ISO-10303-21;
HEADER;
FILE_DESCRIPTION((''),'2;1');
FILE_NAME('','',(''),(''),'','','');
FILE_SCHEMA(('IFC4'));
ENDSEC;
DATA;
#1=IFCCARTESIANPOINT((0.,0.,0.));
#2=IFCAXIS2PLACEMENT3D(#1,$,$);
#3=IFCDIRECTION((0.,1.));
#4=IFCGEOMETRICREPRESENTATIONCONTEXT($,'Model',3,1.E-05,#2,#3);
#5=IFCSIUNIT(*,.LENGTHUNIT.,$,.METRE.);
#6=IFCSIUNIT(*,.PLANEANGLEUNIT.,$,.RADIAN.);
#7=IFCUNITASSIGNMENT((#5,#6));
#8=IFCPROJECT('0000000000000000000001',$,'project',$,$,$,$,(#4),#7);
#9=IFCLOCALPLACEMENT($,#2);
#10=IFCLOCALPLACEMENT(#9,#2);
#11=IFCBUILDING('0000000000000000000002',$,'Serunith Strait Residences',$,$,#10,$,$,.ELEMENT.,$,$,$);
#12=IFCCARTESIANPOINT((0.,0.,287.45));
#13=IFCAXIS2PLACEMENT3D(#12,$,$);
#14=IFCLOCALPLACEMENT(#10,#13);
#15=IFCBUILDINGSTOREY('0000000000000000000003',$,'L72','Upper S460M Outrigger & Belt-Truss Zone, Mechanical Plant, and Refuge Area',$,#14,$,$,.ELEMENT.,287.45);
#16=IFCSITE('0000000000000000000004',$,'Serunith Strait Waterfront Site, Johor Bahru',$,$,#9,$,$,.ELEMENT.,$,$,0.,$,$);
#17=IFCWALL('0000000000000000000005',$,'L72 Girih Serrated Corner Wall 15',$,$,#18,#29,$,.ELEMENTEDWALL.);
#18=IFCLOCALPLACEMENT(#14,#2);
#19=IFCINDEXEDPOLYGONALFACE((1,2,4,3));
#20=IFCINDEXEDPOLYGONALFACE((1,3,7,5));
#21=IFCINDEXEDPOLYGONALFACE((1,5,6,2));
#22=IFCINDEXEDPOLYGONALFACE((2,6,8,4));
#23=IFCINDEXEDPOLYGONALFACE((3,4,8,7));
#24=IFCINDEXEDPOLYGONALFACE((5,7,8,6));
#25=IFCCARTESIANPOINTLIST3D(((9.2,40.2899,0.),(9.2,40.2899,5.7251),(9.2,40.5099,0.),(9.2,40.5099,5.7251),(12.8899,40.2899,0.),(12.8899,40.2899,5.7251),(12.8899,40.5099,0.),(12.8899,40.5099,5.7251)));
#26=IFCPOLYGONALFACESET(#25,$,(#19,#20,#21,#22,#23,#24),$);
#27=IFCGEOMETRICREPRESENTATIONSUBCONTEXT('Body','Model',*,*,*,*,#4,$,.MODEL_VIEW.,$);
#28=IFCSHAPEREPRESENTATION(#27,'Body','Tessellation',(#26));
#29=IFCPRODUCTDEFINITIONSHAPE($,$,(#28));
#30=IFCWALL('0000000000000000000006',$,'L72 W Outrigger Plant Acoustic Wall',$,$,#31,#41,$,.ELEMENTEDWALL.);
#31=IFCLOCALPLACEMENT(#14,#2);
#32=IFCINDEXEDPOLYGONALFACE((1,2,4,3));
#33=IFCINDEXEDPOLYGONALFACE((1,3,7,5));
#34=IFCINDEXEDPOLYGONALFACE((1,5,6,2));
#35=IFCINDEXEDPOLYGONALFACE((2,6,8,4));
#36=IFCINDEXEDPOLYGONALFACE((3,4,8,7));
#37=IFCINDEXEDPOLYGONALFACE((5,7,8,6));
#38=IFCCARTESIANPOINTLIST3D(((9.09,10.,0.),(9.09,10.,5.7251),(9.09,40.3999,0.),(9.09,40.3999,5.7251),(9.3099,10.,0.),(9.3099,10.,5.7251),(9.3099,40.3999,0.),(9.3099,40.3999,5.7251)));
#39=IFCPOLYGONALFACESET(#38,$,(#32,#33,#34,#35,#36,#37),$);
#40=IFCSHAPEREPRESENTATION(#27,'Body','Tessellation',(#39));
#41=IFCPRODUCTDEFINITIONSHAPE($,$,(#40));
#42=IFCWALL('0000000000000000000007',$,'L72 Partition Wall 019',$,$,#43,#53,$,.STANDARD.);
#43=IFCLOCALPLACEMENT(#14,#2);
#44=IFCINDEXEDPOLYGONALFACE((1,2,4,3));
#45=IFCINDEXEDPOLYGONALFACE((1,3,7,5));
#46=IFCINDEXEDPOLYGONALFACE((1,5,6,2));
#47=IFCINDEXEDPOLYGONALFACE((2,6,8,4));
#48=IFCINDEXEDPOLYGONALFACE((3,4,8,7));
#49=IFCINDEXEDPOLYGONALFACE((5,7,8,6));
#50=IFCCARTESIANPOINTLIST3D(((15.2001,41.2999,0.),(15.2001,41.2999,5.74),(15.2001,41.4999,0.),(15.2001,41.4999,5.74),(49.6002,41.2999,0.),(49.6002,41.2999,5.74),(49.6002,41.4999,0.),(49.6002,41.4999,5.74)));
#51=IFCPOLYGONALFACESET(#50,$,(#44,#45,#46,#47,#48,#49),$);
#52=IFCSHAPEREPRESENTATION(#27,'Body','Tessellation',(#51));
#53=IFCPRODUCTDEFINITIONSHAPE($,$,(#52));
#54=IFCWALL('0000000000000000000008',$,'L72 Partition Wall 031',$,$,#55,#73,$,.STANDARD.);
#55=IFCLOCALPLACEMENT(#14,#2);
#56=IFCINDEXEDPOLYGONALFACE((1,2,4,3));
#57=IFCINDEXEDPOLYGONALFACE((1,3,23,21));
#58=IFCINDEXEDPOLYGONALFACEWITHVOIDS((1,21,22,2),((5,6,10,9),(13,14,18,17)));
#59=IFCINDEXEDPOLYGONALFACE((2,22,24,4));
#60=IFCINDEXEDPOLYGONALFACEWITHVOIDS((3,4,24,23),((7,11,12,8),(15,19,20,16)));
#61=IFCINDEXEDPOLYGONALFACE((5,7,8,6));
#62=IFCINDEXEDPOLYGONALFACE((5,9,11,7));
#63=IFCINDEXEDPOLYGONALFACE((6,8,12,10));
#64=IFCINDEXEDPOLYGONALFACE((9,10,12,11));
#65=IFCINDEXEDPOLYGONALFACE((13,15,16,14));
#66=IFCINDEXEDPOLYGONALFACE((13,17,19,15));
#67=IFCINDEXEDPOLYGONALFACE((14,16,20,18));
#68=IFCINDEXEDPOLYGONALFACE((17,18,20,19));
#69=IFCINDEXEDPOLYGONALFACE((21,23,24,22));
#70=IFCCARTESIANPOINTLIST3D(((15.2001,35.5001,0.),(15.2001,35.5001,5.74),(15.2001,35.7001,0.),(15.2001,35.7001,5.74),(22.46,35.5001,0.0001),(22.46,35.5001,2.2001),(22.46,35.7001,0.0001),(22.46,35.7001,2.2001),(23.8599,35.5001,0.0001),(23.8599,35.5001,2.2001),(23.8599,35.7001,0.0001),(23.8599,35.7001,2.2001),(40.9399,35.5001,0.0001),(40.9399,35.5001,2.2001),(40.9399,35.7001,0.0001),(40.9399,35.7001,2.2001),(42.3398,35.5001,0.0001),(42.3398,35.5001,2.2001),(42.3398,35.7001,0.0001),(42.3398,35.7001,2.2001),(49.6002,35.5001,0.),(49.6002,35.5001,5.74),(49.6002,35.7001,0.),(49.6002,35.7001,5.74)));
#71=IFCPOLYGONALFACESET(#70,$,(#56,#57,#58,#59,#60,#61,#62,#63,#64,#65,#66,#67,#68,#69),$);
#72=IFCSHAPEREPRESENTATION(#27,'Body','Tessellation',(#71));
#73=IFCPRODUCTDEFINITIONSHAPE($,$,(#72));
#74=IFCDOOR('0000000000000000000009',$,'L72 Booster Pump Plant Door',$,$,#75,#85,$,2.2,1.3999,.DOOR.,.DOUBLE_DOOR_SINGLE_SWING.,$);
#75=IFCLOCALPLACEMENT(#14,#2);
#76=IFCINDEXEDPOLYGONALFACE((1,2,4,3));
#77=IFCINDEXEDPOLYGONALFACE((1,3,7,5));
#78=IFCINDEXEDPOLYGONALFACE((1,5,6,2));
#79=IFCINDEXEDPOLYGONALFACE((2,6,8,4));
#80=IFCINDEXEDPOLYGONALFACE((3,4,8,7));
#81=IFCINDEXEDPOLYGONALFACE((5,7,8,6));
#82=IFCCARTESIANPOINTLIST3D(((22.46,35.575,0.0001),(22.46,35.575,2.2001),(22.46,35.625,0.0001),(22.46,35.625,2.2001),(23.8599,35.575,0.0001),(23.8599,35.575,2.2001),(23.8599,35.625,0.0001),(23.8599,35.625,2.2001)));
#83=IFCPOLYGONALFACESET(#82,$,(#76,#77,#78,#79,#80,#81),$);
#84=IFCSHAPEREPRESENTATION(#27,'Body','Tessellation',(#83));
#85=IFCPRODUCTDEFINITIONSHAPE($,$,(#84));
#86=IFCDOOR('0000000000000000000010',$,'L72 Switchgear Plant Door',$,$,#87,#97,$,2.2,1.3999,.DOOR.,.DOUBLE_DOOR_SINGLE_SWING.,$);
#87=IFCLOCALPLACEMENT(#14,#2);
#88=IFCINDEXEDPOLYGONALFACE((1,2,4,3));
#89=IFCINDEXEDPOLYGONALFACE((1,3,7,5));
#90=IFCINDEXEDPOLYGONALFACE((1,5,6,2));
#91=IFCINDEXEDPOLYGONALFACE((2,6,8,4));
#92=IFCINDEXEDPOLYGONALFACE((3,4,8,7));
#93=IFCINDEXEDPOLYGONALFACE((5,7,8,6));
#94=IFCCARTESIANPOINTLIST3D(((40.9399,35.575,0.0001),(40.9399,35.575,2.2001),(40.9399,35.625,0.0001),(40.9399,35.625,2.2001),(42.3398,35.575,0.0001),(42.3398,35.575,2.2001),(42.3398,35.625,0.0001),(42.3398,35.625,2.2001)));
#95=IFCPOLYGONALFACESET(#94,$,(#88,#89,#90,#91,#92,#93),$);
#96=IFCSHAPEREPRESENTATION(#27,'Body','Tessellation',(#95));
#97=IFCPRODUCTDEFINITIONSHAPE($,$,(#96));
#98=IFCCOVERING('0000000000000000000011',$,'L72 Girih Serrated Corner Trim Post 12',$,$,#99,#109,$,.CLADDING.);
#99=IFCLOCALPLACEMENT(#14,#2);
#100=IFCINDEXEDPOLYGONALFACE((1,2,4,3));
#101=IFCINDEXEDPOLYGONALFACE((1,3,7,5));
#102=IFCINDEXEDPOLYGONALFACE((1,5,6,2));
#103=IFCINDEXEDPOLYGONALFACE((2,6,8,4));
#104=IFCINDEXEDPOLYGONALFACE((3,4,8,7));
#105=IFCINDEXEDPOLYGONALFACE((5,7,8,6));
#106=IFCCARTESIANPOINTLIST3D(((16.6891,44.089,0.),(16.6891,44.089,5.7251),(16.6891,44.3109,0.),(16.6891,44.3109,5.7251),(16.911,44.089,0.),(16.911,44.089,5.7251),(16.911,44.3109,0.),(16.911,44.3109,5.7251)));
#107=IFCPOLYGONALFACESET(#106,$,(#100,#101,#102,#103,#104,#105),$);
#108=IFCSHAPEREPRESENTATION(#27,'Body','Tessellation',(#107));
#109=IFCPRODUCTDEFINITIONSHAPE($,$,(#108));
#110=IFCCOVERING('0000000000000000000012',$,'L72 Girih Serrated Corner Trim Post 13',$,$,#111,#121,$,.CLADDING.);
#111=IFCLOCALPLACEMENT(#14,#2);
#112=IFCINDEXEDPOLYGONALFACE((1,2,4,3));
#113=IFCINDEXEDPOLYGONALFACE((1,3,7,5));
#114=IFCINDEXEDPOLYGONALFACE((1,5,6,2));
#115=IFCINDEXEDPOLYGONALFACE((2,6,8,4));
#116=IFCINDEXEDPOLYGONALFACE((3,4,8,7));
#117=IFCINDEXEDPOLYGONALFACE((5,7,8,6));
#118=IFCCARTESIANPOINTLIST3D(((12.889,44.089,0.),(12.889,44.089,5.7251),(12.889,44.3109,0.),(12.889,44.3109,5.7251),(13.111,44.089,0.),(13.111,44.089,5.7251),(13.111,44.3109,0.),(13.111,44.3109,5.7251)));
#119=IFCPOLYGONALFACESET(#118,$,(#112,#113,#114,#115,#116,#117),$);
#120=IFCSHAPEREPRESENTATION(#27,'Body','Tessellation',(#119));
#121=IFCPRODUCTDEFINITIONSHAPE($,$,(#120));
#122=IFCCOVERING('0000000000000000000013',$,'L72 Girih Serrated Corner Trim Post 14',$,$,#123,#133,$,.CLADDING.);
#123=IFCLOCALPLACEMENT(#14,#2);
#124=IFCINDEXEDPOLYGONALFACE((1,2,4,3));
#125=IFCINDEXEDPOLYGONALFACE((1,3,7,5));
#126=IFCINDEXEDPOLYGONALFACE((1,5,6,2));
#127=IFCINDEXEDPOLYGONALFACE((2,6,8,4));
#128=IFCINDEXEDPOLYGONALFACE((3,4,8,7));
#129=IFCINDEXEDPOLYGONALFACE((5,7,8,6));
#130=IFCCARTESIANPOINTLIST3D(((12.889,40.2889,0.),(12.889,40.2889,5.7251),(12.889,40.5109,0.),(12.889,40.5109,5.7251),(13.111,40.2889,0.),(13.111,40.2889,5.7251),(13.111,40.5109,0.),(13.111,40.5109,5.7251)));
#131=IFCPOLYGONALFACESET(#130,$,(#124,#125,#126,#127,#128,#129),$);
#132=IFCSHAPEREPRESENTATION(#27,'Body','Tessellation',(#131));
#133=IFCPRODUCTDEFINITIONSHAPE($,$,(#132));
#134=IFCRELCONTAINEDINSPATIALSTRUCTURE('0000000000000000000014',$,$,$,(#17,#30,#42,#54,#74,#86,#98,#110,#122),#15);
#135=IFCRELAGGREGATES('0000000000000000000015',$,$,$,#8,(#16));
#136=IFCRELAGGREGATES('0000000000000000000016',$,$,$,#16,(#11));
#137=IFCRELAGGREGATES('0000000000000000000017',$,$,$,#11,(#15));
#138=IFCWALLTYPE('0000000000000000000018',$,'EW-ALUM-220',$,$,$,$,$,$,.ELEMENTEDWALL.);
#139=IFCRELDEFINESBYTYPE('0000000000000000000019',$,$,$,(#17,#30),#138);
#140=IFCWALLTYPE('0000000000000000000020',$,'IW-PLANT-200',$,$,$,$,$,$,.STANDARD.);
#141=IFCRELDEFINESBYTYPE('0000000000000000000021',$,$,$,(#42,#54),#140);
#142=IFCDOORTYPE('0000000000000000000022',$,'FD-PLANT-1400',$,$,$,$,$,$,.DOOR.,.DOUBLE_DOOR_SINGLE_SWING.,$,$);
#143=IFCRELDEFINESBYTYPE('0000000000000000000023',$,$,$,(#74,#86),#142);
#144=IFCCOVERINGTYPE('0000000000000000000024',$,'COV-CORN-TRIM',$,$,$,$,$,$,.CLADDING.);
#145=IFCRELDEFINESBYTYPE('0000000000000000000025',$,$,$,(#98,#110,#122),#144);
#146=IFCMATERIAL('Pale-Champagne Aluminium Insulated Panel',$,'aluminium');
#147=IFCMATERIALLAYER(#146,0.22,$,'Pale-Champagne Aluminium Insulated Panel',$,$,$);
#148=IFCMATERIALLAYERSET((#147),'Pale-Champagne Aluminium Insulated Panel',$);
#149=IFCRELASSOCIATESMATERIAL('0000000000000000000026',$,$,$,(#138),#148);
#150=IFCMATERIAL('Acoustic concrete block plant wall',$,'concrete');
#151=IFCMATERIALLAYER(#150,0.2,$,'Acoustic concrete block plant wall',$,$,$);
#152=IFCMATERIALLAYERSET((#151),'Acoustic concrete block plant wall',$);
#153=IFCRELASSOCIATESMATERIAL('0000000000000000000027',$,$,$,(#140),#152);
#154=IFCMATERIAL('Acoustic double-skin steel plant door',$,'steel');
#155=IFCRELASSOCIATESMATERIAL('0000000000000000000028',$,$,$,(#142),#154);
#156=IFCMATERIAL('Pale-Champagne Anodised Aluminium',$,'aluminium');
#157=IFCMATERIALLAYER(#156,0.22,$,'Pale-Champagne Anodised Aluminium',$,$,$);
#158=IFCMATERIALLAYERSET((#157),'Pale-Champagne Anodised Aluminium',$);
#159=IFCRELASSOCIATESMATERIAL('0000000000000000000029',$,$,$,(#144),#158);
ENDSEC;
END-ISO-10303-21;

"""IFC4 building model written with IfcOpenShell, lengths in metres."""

from ifc_helpers import new_model, si_unit, direction, frame, frame_2d, origin, origin_2d, place, context, subcontext, project, spatial, rectangle, extrude, source, transform, mapped, material, layer, layer_set, type_object, element, fill, save


model = new_model("IFC4")

# Units and contexts
model_context = context("Model", 3, precision=1e-05, world=origin(), true_north=direction((0.0, 1.0)))
body_context = subcontext(model_context, "Body", "Model", "MODEL_VIEW")
ifc_project = project(units=[si_unit("LENGTHUNIT", "METRE"), si_unit("PLANEANGLEUNIT", "RADIAN")], contexts=[model_context])

# Site, building, storey
site_placement = place(None, origin())
site = spatial("IfcSite", under=ifc_project, at=site_placement, Name="Serunith Strait Waterfront Site, Johor Bahru", CompositionType="ELEMENT", RefElevation=0.0)
building_placement = place(site_placement, origin())
building = spatial("IfcBuilding", under=site, at=building_placement, Name="Serunith Strait Residences", CompositionType="ELEMENT")
storey_placement = place(building_placement, frame((0.0, 0.0, 287.45)))
storey = spatial("IfcBuildingStorey", under=building, at=storey_placement, Name="L72", Description="Upper S460M Outrigger & Belt-Truss Zone, Mechanical Plant, and Refuge Area", CompositionType="ELEMENT", Elevation=287.45)

# Walls
ifc_material_1 = material(Name="Pale-Champagne Aluminium Insulated Panel", Category="aluminium")
ifc_layer_1 = layer(ifc_material_1, 0.22, Name="Pale-Champagne Aluminium Insulated Panel")
ifc_layer_set_1 = layer_set([ifc_layer_1], Name="Pale-Champagne Aluminium Insulated Panel")
wall_type_1 = type_object("IfcWallType", Name="EW-ALUM-220", PredefinedType="ELEMENTEDWALL", material=ifc_layer_set_1)
wall_1_placement = place(storey_placement, frame((12.8899, 40.3999, 0.0), z_axis=(0.0, 0.0, 1.0), x_axis=(-1.0, 0.0, 0.0)))
element("IfcWall", 1, at=wall_1_placement, inside=storey, type_object=wall_type_1, Name="L72 Girih Serrated Corner Wall 15", PredefinedType="ELEMENTEDWALL", context=body_context, shape_type="SweptSolid", body=[
    extrude(rectangle(XDim=3.6899, YDim=0.22, at=frame_2d((1.845, 0.0))), origin(), (0.0, 0.0, 1.0), 5.7251),
])
wall_2_placement = place(storey_placement, frame((9.2, 40.3999, 0.0), z_axis=(0.0, 0.0, 1.0), x_axis=(0.0, -1.0, 0.0)))
element("IfcWall", 2, at=wall_2_placement, inside=storey, type_object=wall_type_1, Name="L72 W Outrigger Plant Acoustic Wall", PredefinedType="ELEMENTEDWALL", context=body_context, shape_type="SweptSolid", body=[
    extrude(rectangle(XDim=30.3999, YDim=0.22, at=frame_2d((15.2, 0.0))), origin(), (0.0, 0.0, 1.0), 5.7251),
])
ifc_material_2 = material(Name="Acoustic concrete block plant wall", Category="concrete")
ifc_layer_2 = layer(ifc_material_2, 0.2, Name="Acoustic concrete block plant wall")
ifc_layer_set_2 = layer_set([ifc_layer_2], Name="Acoustic concrete block plant wall")
wall_type_2 = type_object("IfcWallType", Name="IW-PLANT-200", PredefinedType="STANDARD", material=ifc_layer_set_2)
wall_3_placement = place(storey_placement, frame((15.2, 41.3999, 0.0), z_axis=(0.0, 0.0, 1.0), x_axis=(1.0, 0.0, 0.0)))
element("IfcWall", 3, at=wall_3_placement, inside=storey, type_object=wall_type_2, Name="L72 Partition Wall 019", PredefinedType="STANDARD", context=body_context, shape_type="SweptSolid", body=[
    extrude(rectangle(XDim=34.4001, YDim=0.2, at=frame_2d((17.2002, 0.0))), origin(), (0.0, 0.0, 1.0), 5.74),
])

# Wall, openings, doors
wall_4_placement = place(storey_placement, frame((15.2, 35.6001, 0.0), z_axis=(0.0, 0.0, 1.0), x_axis=(1.0, 0.0, 0.0)))
wall_4 = element("IfcWall", 4, at=wall_4_placement, inside=storey, type_object=wall_type_2, Name="L72 Partition Wall 031", PredefinedType="STANDARD", context=body_context, shape_type="SweptSolid", body=[
    extrude(rectangle(XDim=34.4001, YDim=0.2, at=frame_2d((17.2002, 0.0))), origin(), (0.0, 0.0, 1.0), 5.74),
])
opening_1_placement = place(wall_4_placement, frame((7.26, 0.0, 0.0)))
opening_1 = element("IfcOpeningElement", 5, at=opening_1_placement, cuts=wall_4, PredefinedType="OPENING", context=body_context, shape_type="SweptSolid", body=[
    extrude(rectangle(XDim=1.3999, YDim=2.2, at=frame_2d((0.7, 1.1001))), frame((0.0, 0.1099, 0.0), z_axis=(0.0, -1.0, 0.0), x_axis=(1.0, 0.0, 0.0)), (0.0, 0.0, 1.0), 0.22),
])
opening_2_placement = place(wall_4_placement, frame((25.74, 0.0, 0.0)))
opening_2 = element("IfcOpeningElement", 6, at=opening_2_placement, cuts=wall_4, PredefinedType="OPENING", context=body_context, shape_type="SweptSolid", body=[
    extrude(rectangle(XDim=1.3999, YDim=2.2, at=frame_2d((0.7, 1.1001))), frame((0.0, 0.1099, 0.0), z_axis=(0.0, -1.0, 0.0), x_axis=(1.0, 0.0, 0.0)), (0.0, 0.0, 1.0), 0.22),
])
ifc_material_3 = material(Name="Acoustic double-skin steel plant door", Category="steel")
door_type = type_object("IfcDoorType", Name="FD-PLANT-1400", OperationType="DOUBLE_DOOR_SINGLE_SWING", PredefinedType="DOOR", material=ifc_material_3)
shared_shape_1 = source(origin(), body_context, "Body", "SweptSolid", [
    extrude(rectangle(XDim=1.3999, YDim=2.2, at=frame_2d((0.7, 1.1001))), frame((0.0, 0.0249, 0.0), z_axis=(0.0, -1.0, 0.0), x_axis=(1.0, 0.0, 0.0)), (0.0, 0.0, 1.0), 0.05),
])
door_1_placement = place(opening_1_placement, origin())
door_1 = element("IfcDoor", 7, at=door_1_placement, inside=storey, type_object=door_type, Name="L72 Booster Pump Plant Door", OperationType="DOUBLE_DOOR_SINGLE_SWING", OverallHeight=2.2, OverallWidth=1.3999, PredefinedType="DOOR", context=body_context, shape_type="MappedRepresentation", body=[
    mapped(shared_shape_1, transform((0.0, 0.0, 0.0), scale=1.0)),
])
fill(opening_1, door_1)
door_2_placement = place(opening_2_placement, origin())
door_2 = element("IfcDoor", 8, at=door_2_placement, inside=storey, type_object=door_type, Name="L72 Switchgear Plant Door", OperationType="DOUBLE_DOOR_SINGLE_SWING", OverallHeight=2.2, OverallWidth=1.3999, PredefinedType="DOOR", context=body_context, shape_type="MappedRepresentation", body=[
    mapped(shared_shape_1, transform((0.0, 0.0, 0.0), scale=1.0)),
])
fill(opening_2, door_2)

# Coverings
ifc_material_4 = material(Name="Pale-Champagne Anodised Aluminium", Category="aluminium")
ifc_layer_3 = layer(ifc_material_4, 0.22, Name="Pale-Champagne Anodised Aluminium")
ifc_layer_set_3 = layer_set([ifc_layer_3], Name="Pale-Champagne Anodised Aluminium")
covering_type = type_object("IfcCoveringType", Name="COV-CORN-TRIM", PredefinedType="CLADDING", material=ifc_layer_set_3)
shared_shape_2 = source(origin(), body_context, "Body", "SweptSolid", [
    extrude(rectangle(XDim=0.2219, YDim=0.2219, at=origin_2d()), origin(), (0.0, 0.0, 1.0), 5.7251),
])
for number, where, z_axis, x_axis, name in (
    (9, (16.8, 44.2, 0.0), (0.0, 0.0, 1.0), (1.0, 0.0, 0.0), "L72 Girih Serrated Corner Trim Post 12"),
    (10, (13.0, 44.2, 0.0), (0.0, 0.0, 1.0), (1.0, 0.0, 0.0), "L72 Girih Serrated Corner Trim Post 13"),
    (11, (13.0, 40.3999, 0.0), (0.0, 0.0, 1.0), (1.0, 0.0, 0.0), "L72 Girih Serrated Corner Trim Post 14"),
):
    element("IfcCovering", number, at=place(storey_placement, frame(where, z_axis=z_axis, x_axis=x_axis)), inside=storey, type_object=covering_type, Name=name, PredefinedType="CLADDING", context=body_context, shape_type="MappedRepresentation", body=[
        mapped(shared_shape_2, transform((0.0, 0.0, 0.0), scale=1.0)),
    ])

save(model, "model.ifc")
